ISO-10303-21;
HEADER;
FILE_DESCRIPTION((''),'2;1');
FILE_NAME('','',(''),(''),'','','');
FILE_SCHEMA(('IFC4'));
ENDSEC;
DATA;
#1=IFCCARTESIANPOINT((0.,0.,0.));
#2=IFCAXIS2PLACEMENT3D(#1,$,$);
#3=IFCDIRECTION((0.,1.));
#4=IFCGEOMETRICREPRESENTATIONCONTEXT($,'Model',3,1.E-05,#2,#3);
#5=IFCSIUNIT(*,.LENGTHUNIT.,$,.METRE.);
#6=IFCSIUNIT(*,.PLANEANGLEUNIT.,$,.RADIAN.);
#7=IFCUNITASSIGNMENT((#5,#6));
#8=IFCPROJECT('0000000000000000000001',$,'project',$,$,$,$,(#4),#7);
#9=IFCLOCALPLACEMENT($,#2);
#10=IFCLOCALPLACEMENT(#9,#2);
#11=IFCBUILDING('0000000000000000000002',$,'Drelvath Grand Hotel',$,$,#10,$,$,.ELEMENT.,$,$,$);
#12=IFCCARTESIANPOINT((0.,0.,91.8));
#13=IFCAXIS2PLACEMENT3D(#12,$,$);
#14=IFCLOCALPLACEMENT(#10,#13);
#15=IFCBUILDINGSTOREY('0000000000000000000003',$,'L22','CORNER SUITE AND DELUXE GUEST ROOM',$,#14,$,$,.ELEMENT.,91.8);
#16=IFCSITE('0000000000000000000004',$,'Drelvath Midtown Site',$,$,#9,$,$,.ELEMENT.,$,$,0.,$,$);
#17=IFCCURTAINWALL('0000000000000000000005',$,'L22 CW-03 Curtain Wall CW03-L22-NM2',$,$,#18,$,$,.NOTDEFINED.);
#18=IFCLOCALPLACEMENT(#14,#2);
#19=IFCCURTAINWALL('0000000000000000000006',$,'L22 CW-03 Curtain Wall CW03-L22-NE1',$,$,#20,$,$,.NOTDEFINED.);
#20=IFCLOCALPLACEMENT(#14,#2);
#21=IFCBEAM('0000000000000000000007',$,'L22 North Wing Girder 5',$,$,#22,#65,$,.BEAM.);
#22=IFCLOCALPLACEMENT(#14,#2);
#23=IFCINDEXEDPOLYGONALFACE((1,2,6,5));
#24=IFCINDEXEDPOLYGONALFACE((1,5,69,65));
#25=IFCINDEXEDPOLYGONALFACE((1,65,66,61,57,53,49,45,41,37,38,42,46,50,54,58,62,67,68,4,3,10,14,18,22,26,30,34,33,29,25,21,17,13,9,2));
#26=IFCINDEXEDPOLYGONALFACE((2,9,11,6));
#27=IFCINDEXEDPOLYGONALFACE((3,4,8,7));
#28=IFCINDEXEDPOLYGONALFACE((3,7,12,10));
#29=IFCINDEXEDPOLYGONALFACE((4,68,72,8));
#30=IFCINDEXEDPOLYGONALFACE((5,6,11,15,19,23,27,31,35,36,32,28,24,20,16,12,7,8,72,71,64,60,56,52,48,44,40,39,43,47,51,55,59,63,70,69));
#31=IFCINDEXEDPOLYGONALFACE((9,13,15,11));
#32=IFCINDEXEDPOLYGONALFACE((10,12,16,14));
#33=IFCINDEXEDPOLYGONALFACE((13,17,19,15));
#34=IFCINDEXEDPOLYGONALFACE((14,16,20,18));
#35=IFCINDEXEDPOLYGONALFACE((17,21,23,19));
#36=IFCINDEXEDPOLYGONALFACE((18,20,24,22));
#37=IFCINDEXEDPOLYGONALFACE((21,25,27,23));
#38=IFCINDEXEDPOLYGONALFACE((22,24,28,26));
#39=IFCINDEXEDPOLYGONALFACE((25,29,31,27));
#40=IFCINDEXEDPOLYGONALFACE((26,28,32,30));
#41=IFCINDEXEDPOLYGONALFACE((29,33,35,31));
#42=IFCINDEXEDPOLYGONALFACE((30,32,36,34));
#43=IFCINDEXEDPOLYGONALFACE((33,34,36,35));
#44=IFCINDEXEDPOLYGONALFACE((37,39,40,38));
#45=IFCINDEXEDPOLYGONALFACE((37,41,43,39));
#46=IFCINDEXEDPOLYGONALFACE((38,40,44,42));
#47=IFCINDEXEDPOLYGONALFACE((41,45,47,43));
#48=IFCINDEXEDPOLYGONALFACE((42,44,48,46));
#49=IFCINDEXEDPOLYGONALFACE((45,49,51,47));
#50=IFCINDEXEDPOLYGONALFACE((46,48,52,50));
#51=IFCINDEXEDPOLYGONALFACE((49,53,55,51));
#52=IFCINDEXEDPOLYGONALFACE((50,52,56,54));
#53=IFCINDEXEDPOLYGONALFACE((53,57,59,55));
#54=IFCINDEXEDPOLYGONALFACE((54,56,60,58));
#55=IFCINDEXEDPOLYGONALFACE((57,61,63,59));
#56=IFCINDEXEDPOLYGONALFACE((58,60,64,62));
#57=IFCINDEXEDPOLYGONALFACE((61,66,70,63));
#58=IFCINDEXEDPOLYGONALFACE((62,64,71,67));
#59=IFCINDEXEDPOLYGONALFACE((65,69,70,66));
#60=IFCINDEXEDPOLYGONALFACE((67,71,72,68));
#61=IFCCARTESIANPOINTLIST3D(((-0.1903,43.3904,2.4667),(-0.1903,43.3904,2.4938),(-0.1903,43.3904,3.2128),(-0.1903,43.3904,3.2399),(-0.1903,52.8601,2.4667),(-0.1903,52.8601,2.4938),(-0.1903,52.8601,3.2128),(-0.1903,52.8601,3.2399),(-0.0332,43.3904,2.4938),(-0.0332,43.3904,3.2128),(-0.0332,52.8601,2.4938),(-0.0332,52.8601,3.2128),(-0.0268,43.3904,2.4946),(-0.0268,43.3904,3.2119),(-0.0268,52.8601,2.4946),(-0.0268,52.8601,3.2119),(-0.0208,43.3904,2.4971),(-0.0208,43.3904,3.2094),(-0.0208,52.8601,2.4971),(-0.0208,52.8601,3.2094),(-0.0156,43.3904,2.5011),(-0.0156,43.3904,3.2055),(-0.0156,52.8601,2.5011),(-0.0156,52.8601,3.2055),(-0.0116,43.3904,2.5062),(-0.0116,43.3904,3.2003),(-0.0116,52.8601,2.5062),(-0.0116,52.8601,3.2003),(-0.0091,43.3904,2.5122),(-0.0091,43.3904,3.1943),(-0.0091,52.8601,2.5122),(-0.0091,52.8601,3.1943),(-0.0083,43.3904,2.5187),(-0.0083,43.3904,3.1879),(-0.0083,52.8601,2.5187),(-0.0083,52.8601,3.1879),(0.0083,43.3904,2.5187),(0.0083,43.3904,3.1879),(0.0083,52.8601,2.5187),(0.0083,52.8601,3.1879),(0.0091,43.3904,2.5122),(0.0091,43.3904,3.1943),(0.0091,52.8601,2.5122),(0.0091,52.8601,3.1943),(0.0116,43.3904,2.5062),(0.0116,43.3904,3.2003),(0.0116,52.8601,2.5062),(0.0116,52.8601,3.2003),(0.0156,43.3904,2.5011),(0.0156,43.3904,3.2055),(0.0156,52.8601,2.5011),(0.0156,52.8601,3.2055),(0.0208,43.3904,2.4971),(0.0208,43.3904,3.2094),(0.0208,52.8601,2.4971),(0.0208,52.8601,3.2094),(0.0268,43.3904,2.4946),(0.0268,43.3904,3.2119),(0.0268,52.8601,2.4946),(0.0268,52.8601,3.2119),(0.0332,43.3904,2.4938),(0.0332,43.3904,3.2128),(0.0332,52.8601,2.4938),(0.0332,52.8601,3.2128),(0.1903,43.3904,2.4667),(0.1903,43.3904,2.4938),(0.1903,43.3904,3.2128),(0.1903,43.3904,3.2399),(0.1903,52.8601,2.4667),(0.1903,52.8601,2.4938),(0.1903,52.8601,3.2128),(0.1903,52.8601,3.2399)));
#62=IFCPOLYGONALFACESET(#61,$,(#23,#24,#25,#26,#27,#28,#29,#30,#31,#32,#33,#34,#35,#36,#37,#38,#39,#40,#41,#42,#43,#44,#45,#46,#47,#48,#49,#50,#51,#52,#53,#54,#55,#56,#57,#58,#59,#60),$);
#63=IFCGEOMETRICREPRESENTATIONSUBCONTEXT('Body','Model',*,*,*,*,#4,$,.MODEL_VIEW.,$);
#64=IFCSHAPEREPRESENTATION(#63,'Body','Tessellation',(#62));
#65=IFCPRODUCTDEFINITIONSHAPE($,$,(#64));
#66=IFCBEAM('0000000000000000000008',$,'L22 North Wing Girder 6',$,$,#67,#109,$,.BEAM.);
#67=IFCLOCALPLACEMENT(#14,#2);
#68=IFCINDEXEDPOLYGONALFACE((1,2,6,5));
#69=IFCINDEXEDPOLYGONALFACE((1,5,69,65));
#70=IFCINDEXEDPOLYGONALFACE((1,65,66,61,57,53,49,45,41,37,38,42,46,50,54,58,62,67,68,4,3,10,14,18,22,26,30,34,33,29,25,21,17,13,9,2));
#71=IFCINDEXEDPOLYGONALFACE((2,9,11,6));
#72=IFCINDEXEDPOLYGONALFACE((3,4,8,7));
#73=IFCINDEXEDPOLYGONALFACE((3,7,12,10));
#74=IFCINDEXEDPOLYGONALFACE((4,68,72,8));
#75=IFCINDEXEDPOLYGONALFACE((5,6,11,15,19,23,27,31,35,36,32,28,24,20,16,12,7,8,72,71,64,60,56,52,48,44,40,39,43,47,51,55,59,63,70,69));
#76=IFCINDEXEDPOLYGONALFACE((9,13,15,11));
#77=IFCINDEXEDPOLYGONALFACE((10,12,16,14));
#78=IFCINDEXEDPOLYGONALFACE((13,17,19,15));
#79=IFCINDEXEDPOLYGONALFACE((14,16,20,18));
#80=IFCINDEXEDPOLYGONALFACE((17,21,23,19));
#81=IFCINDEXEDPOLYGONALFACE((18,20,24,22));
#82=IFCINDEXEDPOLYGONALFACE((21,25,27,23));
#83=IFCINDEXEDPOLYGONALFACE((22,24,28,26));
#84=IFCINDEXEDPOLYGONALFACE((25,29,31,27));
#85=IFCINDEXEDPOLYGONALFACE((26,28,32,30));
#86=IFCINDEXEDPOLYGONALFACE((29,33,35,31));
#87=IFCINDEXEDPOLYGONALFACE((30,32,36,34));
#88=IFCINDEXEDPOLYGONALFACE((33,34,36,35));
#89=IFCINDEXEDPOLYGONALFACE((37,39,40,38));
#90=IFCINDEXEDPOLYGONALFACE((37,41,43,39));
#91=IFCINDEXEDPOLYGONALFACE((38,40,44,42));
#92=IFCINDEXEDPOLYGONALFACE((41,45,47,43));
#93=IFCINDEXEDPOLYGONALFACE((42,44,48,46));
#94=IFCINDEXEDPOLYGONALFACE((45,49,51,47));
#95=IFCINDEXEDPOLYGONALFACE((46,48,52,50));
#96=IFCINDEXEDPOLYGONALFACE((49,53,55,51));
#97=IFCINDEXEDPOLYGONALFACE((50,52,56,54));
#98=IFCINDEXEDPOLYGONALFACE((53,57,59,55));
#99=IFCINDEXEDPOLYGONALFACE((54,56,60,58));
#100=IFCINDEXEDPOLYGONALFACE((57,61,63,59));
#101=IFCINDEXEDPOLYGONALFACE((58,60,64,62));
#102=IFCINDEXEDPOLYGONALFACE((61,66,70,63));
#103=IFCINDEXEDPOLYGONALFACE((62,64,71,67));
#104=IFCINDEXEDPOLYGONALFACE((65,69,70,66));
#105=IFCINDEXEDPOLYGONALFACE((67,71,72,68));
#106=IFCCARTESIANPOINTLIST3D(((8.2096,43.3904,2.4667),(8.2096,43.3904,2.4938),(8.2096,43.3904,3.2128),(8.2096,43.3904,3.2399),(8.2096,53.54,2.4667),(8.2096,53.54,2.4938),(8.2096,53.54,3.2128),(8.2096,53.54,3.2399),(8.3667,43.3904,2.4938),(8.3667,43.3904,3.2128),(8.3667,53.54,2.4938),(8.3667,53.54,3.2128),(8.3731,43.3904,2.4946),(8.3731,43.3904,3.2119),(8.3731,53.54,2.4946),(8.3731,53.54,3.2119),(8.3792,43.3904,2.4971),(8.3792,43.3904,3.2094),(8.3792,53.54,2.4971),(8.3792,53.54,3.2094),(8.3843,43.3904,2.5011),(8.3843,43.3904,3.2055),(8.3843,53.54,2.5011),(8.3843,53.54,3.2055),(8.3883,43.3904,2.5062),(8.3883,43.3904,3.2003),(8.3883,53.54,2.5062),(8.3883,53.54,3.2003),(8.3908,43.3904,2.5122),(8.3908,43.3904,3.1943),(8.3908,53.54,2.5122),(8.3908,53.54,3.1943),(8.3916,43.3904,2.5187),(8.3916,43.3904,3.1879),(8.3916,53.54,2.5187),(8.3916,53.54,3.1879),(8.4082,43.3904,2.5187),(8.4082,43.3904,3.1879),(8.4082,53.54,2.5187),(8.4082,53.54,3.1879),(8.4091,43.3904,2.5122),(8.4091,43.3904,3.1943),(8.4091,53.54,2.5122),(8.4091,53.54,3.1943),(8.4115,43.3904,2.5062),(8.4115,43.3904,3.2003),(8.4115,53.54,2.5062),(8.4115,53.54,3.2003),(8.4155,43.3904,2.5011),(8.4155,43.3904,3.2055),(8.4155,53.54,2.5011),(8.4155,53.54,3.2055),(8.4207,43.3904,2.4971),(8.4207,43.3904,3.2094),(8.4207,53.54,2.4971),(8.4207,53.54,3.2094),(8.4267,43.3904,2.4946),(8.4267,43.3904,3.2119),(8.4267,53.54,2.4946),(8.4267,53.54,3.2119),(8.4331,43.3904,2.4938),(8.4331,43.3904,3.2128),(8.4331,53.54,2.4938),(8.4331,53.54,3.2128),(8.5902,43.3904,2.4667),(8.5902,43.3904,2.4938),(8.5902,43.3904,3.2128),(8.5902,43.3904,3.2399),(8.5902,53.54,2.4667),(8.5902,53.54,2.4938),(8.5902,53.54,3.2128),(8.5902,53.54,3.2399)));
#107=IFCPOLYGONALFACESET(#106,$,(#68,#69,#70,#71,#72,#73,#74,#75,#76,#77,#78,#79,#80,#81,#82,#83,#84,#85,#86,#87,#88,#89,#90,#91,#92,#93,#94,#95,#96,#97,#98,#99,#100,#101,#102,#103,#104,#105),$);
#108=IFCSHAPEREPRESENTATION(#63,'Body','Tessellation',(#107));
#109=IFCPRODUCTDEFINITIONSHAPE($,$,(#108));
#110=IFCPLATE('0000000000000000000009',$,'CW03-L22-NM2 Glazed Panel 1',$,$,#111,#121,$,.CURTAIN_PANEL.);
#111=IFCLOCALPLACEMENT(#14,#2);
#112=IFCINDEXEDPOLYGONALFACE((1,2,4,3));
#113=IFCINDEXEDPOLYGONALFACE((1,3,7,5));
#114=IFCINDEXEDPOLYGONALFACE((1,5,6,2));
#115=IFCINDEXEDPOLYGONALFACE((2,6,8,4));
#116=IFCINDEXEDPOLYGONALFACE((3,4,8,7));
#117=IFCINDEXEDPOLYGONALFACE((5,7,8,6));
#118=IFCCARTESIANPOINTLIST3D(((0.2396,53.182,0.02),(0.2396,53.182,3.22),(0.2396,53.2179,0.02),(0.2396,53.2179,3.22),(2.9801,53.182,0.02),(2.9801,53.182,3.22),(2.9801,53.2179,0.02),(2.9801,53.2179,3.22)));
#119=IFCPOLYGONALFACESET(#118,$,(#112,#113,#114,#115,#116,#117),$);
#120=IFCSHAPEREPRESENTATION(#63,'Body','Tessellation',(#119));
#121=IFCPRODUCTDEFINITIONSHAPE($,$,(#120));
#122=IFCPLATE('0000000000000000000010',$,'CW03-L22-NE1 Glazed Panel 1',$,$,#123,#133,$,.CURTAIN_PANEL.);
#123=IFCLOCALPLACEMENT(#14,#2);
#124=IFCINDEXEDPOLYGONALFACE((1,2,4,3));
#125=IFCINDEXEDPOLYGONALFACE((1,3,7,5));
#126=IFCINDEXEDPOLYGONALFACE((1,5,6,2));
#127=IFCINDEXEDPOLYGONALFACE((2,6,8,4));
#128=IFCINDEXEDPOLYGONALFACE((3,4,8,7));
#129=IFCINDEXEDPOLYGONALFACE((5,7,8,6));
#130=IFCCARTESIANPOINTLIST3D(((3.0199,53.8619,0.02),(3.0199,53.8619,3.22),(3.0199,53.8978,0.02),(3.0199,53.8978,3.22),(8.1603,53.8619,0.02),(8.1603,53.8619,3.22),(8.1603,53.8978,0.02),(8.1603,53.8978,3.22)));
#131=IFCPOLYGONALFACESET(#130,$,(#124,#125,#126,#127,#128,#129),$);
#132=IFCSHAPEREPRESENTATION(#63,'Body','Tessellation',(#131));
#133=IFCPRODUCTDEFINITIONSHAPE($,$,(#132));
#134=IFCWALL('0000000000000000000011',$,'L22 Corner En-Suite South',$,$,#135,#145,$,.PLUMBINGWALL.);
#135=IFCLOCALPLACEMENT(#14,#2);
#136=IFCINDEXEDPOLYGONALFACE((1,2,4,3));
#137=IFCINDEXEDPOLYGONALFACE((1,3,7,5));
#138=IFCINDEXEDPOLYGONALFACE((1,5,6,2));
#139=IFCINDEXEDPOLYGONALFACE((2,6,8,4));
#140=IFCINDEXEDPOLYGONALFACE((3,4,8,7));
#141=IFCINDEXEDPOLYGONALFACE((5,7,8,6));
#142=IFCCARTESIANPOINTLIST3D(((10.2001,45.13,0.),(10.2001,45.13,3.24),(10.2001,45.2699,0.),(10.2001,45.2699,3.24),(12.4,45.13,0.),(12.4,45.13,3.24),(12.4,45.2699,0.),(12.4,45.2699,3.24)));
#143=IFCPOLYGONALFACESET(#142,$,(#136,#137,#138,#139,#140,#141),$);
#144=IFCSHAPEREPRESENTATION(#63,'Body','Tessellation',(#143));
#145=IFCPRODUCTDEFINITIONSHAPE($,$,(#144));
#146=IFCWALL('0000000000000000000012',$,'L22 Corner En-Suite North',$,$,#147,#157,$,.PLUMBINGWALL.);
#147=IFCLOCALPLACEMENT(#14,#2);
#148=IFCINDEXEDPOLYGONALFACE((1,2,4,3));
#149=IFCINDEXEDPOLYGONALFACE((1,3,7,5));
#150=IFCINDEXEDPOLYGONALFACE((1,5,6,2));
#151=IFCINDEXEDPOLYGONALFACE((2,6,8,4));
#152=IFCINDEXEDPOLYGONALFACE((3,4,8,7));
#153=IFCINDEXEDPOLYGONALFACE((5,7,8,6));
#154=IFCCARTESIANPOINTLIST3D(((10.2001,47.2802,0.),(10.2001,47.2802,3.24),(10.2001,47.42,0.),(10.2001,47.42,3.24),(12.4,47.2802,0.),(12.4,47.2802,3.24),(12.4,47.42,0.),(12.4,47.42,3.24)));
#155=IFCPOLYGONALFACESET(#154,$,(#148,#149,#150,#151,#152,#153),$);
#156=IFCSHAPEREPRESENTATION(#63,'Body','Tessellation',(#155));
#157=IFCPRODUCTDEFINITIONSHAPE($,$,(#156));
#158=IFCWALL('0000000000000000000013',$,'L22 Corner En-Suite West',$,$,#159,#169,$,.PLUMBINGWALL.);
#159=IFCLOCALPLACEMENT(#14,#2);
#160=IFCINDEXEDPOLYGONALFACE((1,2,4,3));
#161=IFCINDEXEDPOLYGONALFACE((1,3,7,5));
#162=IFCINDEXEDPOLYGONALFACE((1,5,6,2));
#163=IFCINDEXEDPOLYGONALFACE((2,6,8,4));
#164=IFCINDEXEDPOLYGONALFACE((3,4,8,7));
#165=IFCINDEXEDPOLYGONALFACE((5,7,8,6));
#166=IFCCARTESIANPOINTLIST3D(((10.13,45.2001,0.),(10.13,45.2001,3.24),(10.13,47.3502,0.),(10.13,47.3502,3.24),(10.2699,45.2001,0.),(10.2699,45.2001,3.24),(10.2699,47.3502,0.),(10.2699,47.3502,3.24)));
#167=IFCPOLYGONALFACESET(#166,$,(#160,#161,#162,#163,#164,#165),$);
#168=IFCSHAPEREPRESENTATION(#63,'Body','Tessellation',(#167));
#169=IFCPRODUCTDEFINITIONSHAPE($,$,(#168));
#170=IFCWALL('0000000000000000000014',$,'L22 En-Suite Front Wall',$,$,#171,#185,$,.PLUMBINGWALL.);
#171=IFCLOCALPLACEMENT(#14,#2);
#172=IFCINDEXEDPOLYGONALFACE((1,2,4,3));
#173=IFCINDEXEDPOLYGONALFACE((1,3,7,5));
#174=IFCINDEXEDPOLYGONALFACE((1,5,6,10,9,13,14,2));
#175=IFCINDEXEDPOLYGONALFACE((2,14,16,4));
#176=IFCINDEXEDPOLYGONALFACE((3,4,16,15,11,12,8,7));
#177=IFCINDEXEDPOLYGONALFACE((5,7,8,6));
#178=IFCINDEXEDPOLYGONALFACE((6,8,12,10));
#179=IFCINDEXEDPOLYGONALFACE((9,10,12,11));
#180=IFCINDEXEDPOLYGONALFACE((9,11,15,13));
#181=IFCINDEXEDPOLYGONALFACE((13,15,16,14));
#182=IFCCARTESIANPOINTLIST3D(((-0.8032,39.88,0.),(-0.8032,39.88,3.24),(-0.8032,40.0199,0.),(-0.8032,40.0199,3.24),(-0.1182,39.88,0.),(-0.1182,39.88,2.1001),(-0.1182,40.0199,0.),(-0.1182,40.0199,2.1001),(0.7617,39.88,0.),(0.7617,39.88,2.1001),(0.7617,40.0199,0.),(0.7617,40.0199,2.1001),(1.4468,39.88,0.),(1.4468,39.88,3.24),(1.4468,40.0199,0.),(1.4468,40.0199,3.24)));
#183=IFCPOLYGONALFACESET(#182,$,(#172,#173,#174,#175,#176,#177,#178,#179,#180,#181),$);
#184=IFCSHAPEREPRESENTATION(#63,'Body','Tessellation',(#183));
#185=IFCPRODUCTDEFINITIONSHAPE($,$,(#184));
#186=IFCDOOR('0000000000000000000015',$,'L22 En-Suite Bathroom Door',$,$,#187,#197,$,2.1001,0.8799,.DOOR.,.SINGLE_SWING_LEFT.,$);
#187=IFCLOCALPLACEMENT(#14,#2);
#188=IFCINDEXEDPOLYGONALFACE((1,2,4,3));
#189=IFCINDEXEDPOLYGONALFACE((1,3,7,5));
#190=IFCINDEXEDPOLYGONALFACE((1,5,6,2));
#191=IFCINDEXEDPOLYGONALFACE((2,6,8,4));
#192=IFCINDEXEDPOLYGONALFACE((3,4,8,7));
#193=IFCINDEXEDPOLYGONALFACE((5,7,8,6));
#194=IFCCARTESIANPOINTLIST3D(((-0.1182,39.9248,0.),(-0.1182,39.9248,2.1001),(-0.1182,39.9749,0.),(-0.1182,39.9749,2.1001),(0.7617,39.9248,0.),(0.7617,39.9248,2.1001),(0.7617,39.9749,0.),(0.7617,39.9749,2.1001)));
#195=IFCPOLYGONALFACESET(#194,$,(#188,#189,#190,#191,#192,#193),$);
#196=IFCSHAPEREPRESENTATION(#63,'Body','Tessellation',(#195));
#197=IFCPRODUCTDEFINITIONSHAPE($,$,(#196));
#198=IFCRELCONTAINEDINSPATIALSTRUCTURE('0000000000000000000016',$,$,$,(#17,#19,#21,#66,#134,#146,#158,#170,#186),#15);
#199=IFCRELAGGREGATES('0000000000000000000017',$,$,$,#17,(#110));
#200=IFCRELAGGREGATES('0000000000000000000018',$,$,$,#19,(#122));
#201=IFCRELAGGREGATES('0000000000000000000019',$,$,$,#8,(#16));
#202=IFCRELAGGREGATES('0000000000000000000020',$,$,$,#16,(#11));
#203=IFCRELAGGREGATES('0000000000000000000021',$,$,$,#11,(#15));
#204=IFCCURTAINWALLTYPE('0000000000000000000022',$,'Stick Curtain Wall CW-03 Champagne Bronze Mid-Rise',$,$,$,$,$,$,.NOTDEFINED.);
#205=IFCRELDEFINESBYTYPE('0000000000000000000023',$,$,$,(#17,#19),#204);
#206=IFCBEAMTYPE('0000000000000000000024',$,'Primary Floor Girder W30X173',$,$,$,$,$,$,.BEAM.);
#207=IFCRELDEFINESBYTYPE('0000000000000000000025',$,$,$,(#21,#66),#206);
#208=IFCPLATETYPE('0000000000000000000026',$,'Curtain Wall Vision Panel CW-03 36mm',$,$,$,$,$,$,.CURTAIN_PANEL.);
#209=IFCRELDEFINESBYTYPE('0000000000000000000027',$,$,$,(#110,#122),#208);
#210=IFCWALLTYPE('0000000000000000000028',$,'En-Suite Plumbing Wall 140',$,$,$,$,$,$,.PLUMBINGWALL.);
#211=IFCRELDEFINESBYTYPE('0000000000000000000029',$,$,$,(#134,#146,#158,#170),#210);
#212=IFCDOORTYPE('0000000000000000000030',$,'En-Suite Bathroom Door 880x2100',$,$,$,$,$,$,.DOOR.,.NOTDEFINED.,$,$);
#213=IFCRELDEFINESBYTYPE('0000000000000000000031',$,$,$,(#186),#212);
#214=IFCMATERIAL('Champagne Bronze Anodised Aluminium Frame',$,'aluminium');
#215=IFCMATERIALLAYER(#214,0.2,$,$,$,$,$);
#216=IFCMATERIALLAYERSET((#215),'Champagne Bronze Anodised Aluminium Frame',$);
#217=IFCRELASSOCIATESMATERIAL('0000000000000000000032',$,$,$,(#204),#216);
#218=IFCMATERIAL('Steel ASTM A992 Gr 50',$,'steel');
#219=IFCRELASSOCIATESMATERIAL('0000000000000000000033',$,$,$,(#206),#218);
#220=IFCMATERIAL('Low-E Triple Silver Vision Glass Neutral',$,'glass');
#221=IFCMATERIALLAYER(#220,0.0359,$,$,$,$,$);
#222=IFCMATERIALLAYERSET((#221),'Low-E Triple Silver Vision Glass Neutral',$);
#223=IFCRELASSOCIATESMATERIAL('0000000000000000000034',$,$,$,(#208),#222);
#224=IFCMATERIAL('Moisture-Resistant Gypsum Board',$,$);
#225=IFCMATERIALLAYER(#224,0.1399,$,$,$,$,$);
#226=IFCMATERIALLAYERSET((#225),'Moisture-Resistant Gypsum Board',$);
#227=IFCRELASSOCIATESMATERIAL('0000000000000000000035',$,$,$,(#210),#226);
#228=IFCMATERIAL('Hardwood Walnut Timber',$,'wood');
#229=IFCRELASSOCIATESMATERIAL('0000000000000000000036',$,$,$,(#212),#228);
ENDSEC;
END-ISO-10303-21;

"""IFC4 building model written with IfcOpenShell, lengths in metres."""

from ifc_helpers import new_model, si_unit, direction, frame, frame_2d, origin, origin_2d, place, context, subcontext, project, spatial, rectangle, i_section, extrude, material, layer, layer_set, material_profile, profile_set, type_object, element, fill, aggregate, save


model = new_model("IFC4")

# Units and contexts
model_context = context("Model", 3, precision=1e-05, world=origin(), true_north=direction((0.0, 1.0)))
body_context = subcontext(model_context, "Body", "Model", "MODEL_VIEW")
ifc_project = project(units=[si_unit("LENGTHUNIT", "METRE"), si_unit("PLANEANGLEUNIT", "RADIAN")], contexts=[model_context])

# Site, building, storey
site_placement = place(None, origin())
site = spatial("IfcSite", under=ifc_project, at=site_placement, Name="Drelvath Midtown Site", CompositionType="ELEMENT", RefElevation=0.0)
building_placement = place(site_placement, origin())
building = spatial("IfcBuilding", under=site, at=building_placement, Name="Drelvath Grand Hotel", CompositionType="ELEMENT")
storey_placement = place(building_placement, frame((0.0, 0.0, 91.8)))
storey = spatial("IfcBuildingStorey", under=building, at=storey_placement, Name="L22", Description="CORNER SUITE AND DELUXE GUEST ROOM", CompositionType="ELEMENT", Elevation=91.8)

# Curtain walls
ifc_material_1 = material(Name="Champagne Bronze Anodised Aluminium Frame", Category="aluminium")
ifc_layer_1 = layer(ifc_material_1, 0.2)
ifc_layer_set_1 = layer_set([ifc_layer_1], Name="Champagne Bronze Anodised Aluminium Frame")
curtain_wall_type = type_object("IfcCurtainWallType", Name="Stick Curtain Wall CW-03 Champagne Bronze Mid-Rise", PredefinedType="NOTDEFINED", material=ifc_layer_set_1)
curtain_wall_1_placement = place(storey_placement, origin())
curtain_wall_1 = element("IfcCurtainWall", 1, at=curtain_wall_1_placement, inside=storey, type_object=curtain_wall_type, Name="L22 CW-03 Curtain Wall CW03-L22-NM2", PredefinedType="NOTDEFINED")
curtain_wall_2_placement = place(storey_placement, origin())
curtain_wall_2 = element("IfcCurtainWall", 2, at=curtain_wall_2_placement, inside=storey, type_object=curtain_wall_type, Name="L22 CW-03 Curtain Wall CW03-L22-NE1", PredefinedType="NOTDEFINED")

# Beams
ifc_material_2 = material(Name="Steel ASTM A992 Gr 50", Category="steel")
ifc_material_profile_1 = material_profile(ifc_material_2, i_section(OverallWidth=0.3806, OverallDepth=0.7732, WebThickness=0.0166, FlangeThickness=0.0271, FilletRadius=0.0249, at=origin_2d()), Name="W30X173")
ifc_profile_set_1 = profile_set([ifc_material_profile_1], Name="Steel ASTM A992 Gr 50")
beam_type_1 = type_object("IfcBeamType", Name="Primary Floor Girder W30X173", PredefinedType="BEAM", material=ifc_profile_set_1)
beam_1_placement = place(storey_placement, frame((0.0, 43.3904, 2.8533), z_axis=(0.0, 1.0, 0.0), x_axis=(-1.0, 0.0, 0.0)))
element("IfcBeam", 3, at=beam_1_placement, inside=storey, type_object=beam_type_1, Name="L22 North Wing Girder 5", PredefinedType="BEAM", context=body_context, shape_type="SweptSolid", body=[
    extrude(i_section(OverallWidth=0.3806, OverallDepth=0.7732, WebThickness=0.0166, FlangeThickness=0.0271, FilletRadius=0.0249, at=origin_2d()), origin(), (0.0, 0.0, 1.0), 9.4697),
])
beam_2_placement = place(storey_placement, frame((8.3999, 43.3904, 2.8533), z_axis=(0.0, 1.0, 0.0), x_axis=(-1.0, 0.0, 0.0)))
element("IfcBeam", 4, at=beam_2_placement, inside=storey, type_object=beam_type_1, Name="L22 North Wing Girder 6", PredefinedType="BEAM", context=body_context, shape_type="SweptSolid", body=[
    extrude(i_section(OverallWidth=0.3806, OverallDepth=0.7732, WebThickness=0.0166, FlangeThickness=0.0271, FilletRadius=0.0249, at=origin_2d()), origin(), (0.0, 0.0, 1.0), 10.1497),
])

# Plates
ifc_material_3 = material(Name="Low-E Triple Silver Vision Glass Neutral", Category="glass")
ifc_layer_2 = layer(ifc_material_3, 0.0359)
ifc_layer_set_2 = layer_set([ifc_layer_2], Name="Low-E Triple Silver Vision Glass Neutral")
plate_type = type_object("IfcPlateType", Name="Curtain Wall Vision Panel CW-03 36mm", PredefinedType="CURTAIN_PANEL", material=ifc_layer_set_2)
plate_1_placement = place(storey_placement, frame((1.6099, 53.2, 0.02), z_axis=(0.0, 0.0, 1.0), x_axis=(1.0, 0.0, 0.0)))
plate_1 = element("IfcPlate", 5, at=plate_1_placement, type_object=plate_type, Name="CW03-L22-NM2 Glazed Panel 1", PredefinedType="CURTAIN_PANEL", context=body_context, shape_type="SweptSolid", body=[
    extrude(rectangle(XDim=2.7405, YDim=0.0359, at=origin_2d()), origin(), (0.0, 0.0, 1.0), 3.2),
])
aggregate(curtain_wall_1, [plate_1])
plate_2_placement = place(storey_placement, frame((5.5901, 53.8799, 0.02), z_axis=(0.0, 0.0, 1.0), x_axis=(1.0, 0.0, 0.0)))
plate_2 = element("IfcPlate", 6, at=plate_2_placement, type_object=plate_type, Name="CW03-L22-NE1 Glazed Panel 1", PredefinedType="CURTAIN_PANEL", context=body_context, shape_type="SweptSolid", body=[
    extrude(rectangle(XDim=5.1404, YDim=0.0359, at=origin_2d()), origin(), (0.0, 0.0, 1.0), 3.2),
])
aggregate(curtain_wall_2, [plate_2])

# Shared definitions
ifc_material_4 = material(Name="Hardwood Walnut Timber", Category="wood")

# Walls
ifc_material_5 = material(Name="Moisture-Resistant Gypsum Board")
ifc_layer_3 = layer(ifc_material_5, 0.1399)
ifc_layer_set_3 = layer_set([ifc_layer_3], Name="Moisture-Resistant Gypsum Board")
wall_type_1 = type_object("IfcWallType", Name="En-Suite Plumbing Wall 140", PredefinedType="PLUMBINGWALL", material=ifc_layer_set_3)
for number, where, z_axis, x_axis, name in (
    (7, (10.2, 45.2, 0.0), (0.0, 0.0, 1.0), (1.0, 0.0, 0.0), "L22 Corner En-Suite South"),
    (8, (10.2, 47.3501, 0.0), (0.0, 0.0, 1.0), (1.0, 0.0, 0.0), "L22 Corner En-Suite North"),
):
    element("IfcWall", number, at=place(storey_placement, frame(where, z_axis=z_axis, x_axis=x_axis)), inside=storey, type_object=wall_type_1, Name=name, PredefinedType="PLUMBINGWALL", context=body_context, shape_type="SweptSolid", body=[
        extrude(rectangle(XDim=2.2, YDim=0.1399, at=frame_2d((1.1001, 0.0))), origin(), (0.0, 0.0, 1.0), 3.24),
    ])
wall_1_placement = place(storey_placement, frame((10.2, 45.2, 0.0), z_axis=(0.0, 0.0, 1.0), x_axis=(0.0, 1.0, 0.0)))
element("IfcWall", 9, at=wall_1_placement, inside=storey, type_object=wall_type_1, Name="L22 Corner En-Suite West", PredefinedType="PLUMBINGWALL", context=body_context, shape_type="SweptSolid", body=[
    extrude(rectangle(XDim=2.1501, YDim=0.1399, at=frame_2d((1.0752, 0.0))), origin(), (0.0, 0.0, 1.0), 3.24),
])

# Wall, opening, door
wall_2_placement = place(storey_placement, frame((-0.8032, 39.95, 0.0), z_axis=(0.0, 0.0, 1.0), x_axis=(1.0, 0.0, 0.0)))
wall_2 = element("IfcWall", 10, at=wall_2_placement, inside=storey, type_object=wall_type_1, Name="L22 En-Suite Front Wall", PredefinedType="PLUMBINGWALL", context=body_context, shape_type="SweptSolid", body=[
    extrude(rectangle(XDim=2.25, YDim=0.1399, at=frame_2d((1.125, 0.0))), origin(), (0.0, 0.0, 1.0), 3.24),
])
opening_1_placement = place(wall_2_placement, frame((0.6851, 0.0, 0.0)))
opening_1 = element("IfcOpeningElement", 11, at=opening_1_placement, cuts=wall_2, PredefinedType="OPENING", context=body_context, shape_type="SweptSolid", body=[
    extrude(rectangle(XDim=0.8799, YDim=2.1001, at=frame_2d((0.4399, 1.05))), frame((0.0, 0.0798, 0.0), z_axis=(0.0, -1.0, 0.0), x_axis=(1.0, 0.0, 0.0)), (0.0, 0.0, 1.0), 0.1599),
])
door_type_1 = type_object("IfcDoorType", Name="En-Suite Bathroom Door 880x2100", OperationType="NOTDEFINED", PredefinedType="DOOR", material=ifc_material_4)
door_1_placement = place(opening_1_placement, origin())
door_1 = element("IfcDoor", 12, at=door_1_placement, inside=storey, type_object=door_type_1, Name="L22 En-Suite Bathroom Door", OperationType="SINGLE_SWING_LEFT", OverallHeight=2.1001, OverallWidth=0.8799, PredefinedType="DOOR", context=body_context, shape_type="SweptSolid", body=[
    extrude(rectangle(XDim=0.8799, YDim=2.1001, at=frame_2d((0.4399, 1.05))), frame((0.0, 0.0249, 0.0), z_axis=(0.0, -1.0, 0.0), x_axis=(1.0, 0.0, 0.0)), (0.0, 0.0, 1.0), 0.05),
])
fill(opening_1, door_1)

save(model, "model.ifc")
